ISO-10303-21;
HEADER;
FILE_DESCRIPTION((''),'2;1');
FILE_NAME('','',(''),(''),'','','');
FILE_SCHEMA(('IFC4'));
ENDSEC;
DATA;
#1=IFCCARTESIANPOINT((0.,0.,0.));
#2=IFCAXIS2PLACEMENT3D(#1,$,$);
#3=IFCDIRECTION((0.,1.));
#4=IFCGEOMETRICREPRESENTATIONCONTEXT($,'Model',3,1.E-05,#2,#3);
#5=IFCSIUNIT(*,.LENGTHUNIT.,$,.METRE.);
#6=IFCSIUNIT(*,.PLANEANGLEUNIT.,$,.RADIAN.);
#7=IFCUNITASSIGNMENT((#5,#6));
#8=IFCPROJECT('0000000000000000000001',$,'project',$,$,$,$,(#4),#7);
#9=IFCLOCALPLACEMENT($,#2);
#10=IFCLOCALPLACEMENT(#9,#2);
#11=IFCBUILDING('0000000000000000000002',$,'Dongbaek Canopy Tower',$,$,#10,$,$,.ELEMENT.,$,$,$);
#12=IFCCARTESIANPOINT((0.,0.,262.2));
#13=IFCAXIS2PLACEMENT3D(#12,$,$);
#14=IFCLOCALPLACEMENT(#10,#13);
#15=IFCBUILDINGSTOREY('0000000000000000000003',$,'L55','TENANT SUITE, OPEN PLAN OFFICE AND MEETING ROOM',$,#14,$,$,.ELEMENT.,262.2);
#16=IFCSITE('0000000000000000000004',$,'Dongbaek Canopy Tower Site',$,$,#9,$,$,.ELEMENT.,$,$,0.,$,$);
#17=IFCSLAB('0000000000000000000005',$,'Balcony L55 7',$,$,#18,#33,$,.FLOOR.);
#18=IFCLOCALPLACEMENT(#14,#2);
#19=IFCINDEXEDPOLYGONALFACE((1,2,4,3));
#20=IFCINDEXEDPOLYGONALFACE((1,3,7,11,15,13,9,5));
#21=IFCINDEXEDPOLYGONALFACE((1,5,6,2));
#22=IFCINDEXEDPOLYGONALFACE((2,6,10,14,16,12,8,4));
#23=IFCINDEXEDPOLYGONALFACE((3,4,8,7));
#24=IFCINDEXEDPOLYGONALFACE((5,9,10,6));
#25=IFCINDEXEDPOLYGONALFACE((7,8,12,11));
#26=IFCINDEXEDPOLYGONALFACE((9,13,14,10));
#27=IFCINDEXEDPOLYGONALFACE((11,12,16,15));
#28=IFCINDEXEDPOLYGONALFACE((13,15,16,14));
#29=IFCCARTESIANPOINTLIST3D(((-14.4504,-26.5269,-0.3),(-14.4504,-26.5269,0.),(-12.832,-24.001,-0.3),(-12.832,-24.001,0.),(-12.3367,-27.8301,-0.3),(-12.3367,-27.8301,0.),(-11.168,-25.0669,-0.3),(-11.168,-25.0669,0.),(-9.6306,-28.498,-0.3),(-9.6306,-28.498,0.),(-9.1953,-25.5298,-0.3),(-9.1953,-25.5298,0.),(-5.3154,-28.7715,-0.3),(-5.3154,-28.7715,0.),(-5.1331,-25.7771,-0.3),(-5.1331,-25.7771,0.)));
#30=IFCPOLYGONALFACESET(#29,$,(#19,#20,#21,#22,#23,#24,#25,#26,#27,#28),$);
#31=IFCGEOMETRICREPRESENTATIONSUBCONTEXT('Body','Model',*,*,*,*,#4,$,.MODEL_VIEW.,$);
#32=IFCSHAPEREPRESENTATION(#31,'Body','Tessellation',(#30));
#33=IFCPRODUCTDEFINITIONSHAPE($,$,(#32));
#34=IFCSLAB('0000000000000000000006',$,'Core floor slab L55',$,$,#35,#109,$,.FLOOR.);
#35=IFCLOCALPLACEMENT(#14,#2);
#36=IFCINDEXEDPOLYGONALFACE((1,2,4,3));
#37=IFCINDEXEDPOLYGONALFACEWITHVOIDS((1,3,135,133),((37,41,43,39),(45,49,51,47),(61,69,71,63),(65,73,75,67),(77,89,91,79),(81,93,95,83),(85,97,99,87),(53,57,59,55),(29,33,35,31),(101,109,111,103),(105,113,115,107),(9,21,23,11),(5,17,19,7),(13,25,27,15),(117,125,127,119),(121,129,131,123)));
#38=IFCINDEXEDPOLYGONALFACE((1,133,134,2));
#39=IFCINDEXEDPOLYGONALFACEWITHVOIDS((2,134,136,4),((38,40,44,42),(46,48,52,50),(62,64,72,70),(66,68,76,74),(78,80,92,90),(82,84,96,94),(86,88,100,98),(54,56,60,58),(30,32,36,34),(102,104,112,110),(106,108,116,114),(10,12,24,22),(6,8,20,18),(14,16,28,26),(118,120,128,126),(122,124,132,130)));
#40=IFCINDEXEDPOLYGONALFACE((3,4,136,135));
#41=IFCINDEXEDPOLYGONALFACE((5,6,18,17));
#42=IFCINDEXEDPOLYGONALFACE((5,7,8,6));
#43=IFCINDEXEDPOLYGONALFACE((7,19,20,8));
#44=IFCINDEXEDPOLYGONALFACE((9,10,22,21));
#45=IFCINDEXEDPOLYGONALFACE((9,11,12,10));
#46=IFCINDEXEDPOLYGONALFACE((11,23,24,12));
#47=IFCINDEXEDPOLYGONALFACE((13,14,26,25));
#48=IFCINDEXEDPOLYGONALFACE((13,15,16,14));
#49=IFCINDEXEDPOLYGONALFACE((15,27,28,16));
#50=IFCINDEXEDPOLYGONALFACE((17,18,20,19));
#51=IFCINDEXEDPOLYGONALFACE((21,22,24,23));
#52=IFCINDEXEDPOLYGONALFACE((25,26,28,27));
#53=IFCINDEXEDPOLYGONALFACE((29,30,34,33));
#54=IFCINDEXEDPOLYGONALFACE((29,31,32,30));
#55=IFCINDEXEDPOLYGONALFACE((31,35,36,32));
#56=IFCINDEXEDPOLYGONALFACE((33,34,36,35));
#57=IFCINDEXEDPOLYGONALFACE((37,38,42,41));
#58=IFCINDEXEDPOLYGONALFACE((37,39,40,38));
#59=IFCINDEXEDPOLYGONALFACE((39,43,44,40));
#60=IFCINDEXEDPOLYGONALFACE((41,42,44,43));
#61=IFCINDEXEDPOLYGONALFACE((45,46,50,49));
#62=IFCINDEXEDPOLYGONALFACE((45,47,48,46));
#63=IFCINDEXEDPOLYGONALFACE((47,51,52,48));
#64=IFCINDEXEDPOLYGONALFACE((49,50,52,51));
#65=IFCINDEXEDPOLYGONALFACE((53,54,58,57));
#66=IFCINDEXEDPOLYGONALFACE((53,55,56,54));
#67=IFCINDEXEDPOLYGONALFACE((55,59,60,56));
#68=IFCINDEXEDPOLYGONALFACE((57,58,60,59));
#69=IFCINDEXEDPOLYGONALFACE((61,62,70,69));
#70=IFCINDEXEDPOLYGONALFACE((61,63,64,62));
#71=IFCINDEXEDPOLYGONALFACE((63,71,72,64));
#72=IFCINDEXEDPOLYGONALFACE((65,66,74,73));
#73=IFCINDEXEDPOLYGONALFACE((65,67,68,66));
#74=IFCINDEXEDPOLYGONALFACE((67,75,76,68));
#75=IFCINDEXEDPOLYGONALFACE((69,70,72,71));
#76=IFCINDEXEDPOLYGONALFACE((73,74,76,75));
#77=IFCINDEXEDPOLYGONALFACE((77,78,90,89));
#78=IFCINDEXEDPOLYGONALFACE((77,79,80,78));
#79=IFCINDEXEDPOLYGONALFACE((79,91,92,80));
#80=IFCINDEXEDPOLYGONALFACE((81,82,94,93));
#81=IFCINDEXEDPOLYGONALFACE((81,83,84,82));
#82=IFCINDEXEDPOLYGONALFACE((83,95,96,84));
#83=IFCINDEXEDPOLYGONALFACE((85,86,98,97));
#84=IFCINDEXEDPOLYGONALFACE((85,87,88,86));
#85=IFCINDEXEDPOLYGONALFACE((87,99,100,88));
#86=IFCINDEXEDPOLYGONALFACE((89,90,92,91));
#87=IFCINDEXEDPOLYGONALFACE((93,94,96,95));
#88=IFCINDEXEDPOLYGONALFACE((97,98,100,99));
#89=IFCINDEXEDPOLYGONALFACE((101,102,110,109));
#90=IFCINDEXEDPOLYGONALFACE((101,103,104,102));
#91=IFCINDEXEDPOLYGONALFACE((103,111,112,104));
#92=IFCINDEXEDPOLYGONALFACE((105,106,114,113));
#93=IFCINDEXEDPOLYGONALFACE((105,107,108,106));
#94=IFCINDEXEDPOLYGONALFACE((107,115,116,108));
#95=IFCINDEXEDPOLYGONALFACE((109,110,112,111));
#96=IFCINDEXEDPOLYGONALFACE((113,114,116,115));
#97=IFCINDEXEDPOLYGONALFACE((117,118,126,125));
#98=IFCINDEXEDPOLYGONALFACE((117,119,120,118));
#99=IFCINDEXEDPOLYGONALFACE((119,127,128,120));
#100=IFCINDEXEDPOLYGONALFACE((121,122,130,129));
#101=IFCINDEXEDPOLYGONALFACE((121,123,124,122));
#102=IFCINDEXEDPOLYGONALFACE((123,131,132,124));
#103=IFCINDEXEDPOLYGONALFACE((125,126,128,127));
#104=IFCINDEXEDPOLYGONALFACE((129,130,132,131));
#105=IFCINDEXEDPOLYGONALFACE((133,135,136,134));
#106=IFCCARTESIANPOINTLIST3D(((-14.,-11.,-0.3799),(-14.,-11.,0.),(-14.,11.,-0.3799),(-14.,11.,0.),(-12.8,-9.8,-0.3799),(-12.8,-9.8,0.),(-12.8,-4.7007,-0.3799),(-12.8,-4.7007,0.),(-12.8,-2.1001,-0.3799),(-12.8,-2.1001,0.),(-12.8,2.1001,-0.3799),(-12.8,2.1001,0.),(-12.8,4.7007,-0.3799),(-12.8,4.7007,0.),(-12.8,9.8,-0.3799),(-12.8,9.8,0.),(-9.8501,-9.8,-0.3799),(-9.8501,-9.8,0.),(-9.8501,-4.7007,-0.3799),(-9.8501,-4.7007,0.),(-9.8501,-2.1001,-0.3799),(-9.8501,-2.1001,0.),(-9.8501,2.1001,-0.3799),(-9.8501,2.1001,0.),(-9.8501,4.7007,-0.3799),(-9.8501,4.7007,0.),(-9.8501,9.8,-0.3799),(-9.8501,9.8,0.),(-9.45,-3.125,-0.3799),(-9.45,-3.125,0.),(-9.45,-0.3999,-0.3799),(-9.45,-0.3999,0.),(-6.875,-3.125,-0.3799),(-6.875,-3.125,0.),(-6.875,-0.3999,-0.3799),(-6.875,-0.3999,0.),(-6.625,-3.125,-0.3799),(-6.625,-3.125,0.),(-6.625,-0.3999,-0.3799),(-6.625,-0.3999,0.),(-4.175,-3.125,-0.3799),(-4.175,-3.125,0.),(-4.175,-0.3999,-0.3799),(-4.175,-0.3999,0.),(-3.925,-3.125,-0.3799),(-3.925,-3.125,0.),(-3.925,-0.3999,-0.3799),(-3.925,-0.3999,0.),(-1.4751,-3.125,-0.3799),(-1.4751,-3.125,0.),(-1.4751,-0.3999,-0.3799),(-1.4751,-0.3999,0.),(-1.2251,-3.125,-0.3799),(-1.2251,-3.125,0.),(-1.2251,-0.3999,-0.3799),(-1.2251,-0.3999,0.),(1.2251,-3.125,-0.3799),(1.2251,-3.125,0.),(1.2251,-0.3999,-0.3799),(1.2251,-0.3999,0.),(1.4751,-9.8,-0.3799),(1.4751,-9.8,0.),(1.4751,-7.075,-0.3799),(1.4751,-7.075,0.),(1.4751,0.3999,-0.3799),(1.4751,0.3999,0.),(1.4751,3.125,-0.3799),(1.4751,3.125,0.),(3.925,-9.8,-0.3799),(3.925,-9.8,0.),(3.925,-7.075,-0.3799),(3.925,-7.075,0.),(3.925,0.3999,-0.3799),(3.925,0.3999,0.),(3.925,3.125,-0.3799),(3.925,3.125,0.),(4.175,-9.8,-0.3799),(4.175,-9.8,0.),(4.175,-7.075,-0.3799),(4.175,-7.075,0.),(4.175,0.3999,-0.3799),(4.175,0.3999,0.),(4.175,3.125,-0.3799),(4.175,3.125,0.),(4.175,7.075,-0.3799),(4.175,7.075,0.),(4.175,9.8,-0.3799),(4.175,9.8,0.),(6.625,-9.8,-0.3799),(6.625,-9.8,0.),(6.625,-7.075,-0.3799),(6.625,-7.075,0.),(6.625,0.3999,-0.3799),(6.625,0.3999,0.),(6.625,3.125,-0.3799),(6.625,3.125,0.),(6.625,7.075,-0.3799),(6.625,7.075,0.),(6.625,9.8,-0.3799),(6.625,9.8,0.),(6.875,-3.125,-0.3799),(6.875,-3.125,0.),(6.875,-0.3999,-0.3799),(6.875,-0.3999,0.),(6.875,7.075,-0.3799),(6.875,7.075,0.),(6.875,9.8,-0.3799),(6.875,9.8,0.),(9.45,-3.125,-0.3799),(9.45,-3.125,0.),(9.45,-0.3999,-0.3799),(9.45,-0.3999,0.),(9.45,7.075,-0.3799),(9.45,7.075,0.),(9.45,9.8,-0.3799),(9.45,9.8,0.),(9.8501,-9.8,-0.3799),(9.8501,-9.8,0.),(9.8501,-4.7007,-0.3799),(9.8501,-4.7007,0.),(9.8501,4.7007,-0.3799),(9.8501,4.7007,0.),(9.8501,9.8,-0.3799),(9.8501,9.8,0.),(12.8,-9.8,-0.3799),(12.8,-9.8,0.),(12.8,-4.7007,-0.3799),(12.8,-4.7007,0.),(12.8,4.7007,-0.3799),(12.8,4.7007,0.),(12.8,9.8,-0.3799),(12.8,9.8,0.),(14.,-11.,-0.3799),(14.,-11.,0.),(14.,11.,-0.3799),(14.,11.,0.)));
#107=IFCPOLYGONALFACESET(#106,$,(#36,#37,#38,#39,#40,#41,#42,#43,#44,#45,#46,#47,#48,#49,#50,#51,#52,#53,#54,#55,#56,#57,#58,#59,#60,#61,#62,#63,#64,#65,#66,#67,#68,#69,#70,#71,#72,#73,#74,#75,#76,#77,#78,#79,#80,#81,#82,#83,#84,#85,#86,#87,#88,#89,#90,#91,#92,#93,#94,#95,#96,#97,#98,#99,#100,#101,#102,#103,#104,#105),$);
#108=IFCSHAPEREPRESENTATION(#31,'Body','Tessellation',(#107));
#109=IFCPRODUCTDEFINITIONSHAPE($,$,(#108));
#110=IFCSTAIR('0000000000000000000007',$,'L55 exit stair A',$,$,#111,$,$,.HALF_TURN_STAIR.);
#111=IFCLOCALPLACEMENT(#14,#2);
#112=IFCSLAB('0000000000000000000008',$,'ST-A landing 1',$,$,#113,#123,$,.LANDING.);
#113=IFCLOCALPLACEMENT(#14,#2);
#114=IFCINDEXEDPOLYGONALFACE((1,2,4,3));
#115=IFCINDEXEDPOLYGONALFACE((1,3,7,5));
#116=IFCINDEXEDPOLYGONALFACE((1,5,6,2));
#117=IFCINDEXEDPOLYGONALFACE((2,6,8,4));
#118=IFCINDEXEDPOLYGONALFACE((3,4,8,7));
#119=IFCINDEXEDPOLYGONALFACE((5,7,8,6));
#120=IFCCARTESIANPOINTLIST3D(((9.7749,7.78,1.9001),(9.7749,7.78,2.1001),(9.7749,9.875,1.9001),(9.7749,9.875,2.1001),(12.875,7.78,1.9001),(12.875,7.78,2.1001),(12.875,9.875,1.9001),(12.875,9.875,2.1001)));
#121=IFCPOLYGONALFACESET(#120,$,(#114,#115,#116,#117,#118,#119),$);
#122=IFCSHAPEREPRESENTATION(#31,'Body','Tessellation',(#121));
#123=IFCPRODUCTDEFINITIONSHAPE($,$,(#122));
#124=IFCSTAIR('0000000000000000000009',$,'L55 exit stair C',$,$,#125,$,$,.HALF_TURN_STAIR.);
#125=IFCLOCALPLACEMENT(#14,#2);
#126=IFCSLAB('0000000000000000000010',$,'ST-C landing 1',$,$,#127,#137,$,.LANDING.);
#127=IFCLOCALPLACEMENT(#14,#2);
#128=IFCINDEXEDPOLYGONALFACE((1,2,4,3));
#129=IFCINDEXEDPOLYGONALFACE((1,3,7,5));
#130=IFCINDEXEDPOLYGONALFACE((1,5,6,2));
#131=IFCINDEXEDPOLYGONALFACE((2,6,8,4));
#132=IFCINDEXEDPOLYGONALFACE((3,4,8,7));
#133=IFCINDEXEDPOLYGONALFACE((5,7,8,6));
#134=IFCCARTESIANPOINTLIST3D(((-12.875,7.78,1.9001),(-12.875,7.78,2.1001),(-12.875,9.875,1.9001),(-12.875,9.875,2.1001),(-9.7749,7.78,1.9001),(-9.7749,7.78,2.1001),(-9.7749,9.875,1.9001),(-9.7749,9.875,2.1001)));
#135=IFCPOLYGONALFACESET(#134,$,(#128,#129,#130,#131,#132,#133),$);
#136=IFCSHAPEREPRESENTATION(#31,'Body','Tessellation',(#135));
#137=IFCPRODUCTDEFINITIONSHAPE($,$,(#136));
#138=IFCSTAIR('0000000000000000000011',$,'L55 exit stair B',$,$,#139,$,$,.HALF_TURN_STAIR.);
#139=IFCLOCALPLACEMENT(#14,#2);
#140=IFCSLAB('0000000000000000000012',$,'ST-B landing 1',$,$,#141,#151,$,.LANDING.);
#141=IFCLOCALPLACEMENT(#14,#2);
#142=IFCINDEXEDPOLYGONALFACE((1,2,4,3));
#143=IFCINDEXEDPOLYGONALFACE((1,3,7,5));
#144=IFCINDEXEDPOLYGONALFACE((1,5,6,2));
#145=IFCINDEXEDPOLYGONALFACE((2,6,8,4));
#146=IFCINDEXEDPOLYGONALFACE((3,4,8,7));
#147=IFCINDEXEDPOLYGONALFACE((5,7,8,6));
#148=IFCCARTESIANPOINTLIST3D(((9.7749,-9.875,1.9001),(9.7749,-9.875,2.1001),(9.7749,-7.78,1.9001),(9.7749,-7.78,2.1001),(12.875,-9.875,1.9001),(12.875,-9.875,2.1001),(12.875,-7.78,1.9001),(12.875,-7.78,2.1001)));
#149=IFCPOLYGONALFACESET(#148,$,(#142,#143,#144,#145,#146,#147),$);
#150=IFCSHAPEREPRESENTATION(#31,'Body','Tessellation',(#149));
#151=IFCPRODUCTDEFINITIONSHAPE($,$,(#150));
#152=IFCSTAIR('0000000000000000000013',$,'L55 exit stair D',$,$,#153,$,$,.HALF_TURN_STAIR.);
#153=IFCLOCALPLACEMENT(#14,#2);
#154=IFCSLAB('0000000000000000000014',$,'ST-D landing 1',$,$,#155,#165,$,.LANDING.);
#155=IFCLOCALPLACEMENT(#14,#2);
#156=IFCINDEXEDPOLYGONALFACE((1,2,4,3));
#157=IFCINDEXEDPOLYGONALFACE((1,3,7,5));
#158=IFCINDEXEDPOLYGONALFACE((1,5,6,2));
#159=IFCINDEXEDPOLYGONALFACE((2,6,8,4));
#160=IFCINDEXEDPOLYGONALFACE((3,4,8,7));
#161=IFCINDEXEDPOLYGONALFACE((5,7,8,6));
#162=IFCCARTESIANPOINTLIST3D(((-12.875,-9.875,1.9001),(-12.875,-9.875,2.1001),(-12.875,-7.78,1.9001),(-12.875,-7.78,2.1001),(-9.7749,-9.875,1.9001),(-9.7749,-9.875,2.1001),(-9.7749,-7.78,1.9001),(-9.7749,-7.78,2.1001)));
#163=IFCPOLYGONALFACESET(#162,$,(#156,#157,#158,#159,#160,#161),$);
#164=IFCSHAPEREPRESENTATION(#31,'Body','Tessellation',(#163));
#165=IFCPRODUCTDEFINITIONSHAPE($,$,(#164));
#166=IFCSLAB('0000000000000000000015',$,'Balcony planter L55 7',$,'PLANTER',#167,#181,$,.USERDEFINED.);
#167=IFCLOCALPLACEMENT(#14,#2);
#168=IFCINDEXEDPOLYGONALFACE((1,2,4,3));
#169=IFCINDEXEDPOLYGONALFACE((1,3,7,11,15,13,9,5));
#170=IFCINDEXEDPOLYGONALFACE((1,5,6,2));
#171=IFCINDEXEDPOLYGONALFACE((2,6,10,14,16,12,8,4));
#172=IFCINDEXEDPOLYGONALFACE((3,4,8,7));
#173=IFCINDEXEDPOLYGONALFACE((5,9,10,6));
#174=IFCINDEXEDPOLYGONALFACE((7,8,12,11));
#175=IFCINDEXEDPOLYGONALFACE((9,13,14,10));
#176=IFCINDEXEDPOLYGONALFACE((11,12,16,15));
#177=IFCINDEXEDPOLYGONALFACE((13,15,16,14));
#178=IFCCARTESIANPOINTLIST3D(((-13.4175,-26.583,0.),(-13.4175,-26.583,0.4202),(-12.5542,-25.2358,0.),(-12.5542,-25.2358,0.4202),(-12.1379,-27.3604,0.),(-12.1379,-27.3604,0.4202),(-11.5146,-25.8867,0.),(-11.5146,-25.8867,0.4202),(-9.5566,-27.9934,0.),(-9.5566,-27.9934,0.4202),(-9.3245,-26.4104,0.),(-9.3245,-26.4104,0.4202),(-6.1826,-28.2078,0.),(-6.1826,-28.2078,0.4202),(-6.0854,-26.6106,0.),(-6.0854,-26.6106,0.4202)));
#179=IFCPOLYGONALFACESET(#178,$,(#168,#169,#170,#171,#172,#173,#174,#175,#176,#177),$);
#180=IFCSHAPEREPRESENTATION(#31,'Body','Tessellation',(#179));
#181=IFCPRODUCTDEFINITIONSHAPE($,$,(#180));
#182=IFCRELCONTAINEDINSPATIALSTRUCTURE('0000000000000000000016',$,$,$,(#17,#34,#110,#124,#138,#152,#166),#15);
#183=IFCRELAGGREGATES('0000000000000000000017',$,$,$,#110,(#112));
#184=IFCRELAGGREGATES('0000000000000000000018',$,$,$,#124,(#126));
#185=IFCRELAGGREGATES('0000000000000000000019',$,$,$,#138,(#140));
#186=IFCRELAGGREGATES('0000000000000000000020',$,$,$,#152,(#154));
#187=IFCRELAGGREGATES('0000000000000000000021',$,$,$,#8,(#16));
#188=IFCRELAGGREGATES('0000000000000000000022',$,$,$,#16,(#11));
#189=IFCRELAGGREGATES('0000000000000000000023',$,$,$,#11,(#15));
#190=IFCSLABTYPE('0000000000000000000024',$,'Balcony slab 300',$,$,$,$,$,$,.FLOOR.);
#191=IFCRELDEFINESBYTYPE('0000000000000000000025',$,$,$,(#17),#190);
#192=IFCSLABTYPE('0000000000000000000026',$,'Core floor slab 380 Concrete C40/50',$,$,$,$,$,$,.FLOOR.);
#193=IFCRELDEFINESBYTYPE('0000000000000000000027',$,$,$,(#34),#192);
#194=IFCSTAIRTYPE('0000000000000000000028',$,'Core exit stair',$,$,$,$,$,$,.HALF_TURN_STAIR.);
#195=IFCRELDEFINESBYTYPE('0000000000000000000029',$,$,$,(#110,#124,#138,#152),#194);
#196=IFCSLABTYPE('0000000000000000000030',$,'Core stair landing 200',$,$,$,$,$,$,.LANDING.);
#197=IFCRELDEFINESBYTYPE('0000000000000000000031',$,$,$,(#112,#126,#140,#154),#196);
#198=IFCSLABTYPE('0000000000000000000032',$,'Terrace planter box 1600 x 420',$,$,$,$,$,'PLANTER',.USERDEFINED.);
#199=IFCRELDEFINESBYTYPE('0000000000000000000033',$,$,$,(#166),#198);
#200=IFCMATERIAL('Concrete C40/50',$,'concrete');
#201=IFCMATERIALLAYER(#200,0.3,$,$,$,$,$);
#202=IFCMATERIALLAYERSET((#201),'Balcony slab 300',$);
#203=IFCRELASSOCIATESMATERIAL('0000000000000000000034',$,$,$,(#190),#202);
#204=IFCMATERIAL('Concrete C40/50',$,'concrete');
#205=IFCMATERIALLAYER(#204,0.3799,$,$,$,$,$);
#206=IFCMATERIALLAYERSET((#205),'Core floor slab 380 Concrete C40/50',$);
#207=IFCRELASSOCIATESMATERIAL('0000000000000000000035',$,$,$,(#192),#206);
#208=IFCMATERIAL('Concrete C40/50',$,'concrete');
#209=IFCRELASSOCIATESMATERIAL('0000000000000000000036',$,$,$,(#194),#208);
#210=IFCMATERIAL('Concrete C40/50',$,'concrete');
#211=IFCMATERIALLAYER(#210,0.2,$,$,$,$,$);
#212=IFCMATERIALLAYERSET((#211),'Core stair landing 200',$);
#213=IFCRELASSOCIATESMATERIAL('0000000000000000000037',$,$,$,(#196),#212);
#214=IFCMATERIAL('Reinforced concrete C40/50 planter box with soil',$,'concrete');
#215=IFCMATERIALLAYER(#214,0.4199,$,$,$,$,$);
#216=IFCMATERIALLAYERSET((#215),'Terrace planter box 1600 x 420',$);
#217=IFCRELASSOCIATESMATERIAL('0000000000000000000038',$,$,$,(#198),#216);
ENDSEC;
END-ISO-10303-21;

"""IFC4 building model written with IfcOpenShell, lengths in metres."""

from ifc_helpers import new_model, si_unit, direction, frame, origin, place, context, subcontext, project, spatial, polyline, outline, extrude, material, layer, layer_set, type_object, element, aggregate, save


model = new_model("IFC4")

# Units and contexts
model_context = context("Model", 3, precision=1e-05, world=origin(), true_north=direction((0.0, 1.0)))
body_context = subcontext(model_context, "Body", "Model", "MODEL_VIEW")
ifc_project = project(units=[si_unit("LENGTHUNIT", "METRE"), si_unit("PLANEANGLEUNIT", "RADIAN")], contexts=[model_context])

# Site, building, storey
site_placement = place(None, origin())
site = spatial("IfcSite", under=ifc_project, at=site_placement, Name="Dongbaek Canopy Tower Site", CompositionType="ELEMENT", RefElevation=0.0)
building_placement = place(site_placement, origin())
building = spatial("IfcBuilding", under=site, at=building_placement, Name="Dongbaek Canopy Tower", CompositionType="ELEMENT")
storey_placement = place(building_placement, frame((0.0, 0.0, 262.2)))
storey = spatial("IfcBuildingStorey", under=building, at=storey_placement, Name="L55", Description="TENANT SUITE, OPEN PLAN OFFICE AND MEETING ROOM", CompositionType="ELEMENT", Elevation=262.2)

# Slabs
ifc_material_1 = material(Name="Concrete C40/50", Category="concrete")
ifc_layer_1 = layer(ifc_material_1, 0.3)
ifc_layer_set_1 = layer_set([ifc_layer_1], Name="Balcony slab 300")
slab_type_1 = type_object("IfcSlabType", Name="Balcony slab 300", PredefinedType="FLOOR", material=ifc_layer_set_1)
slab_1_placement = place(storey_placement, frame((0.0, 0.0, -0.3)))
element("IfcSlab", 1, at=slab_1_placement, inside=storey, type_object=slab_type_1, Name="Balcony L55 7", PredefinedType="FLOOR", context=body_context, shape_type="SweptSolid", body=[
    extrude(outline(polyline([(-12.832, -24.001), (-11.168, -25.0669), (-9.1953, -25.5298), (-5.1331, -25.7771), (-5.3154, -28.7715), (-9.6306, -28.498), (-12.3367, -27.8301), (-14.4504, -26.5269), (-12.832, -24.001)])), origin(), (0.0, 0.0, 1.0), 0.3),
])
ifc_material_2 = material(Name="Concrete C40/50", Category="concrete")
ifc_layer_2 = layer(ifc_material_2, 0.3799)
ifc_layer_set_2 = layer_set([ifc_layer_2], Name="Core floor slab 380 Concrete C40/50")
slab_type_2 = type_object("IfcSlabType", Name="Core floor slab 380 Concrete C40/50", PredefinedType="FLOOR", material=ifc_layer_set_2)
slab_2_placement = place(storey_placement, frame((0.0, 0.0, -0.3799)))
element("IfcSlab", 2, at=slab_2_placement, inside=storey, type_object=slab_type_2, Name="Core floor slab L55", PredefinedType="FLOOR", context=body_context, shape_type="SweptSolid", body=[
    extrude(outline(polyline([(14.0, -11.0), (14.0, 11.0), (-14.0, 11.0), (-14.0, -11.0), (14.0, -11.0)]), holes=[polyline([(-12.8, 2.1001), (-9.8501, 2.1001), (-9.8501, -2.1001), (-12.8, -2.1001), (-12.8, 2.1001)]), polyline([(6.625, 9.8), (6.625, 7.075), (4.175, 7.075), (4.175, 9.8), (6.625, 9.8)]), polyline([(9.45, 7.075), (6.875, 7.075), (6.875, 9.8), (9.45, 9.8), (9.45, 7.075)]), polyline([(1.4751, 0.3999), (1.4751, 3.125), (3.925, 3.125), (3.925, 0.3999), (1.4751, 0.3999)]), polyline([(4.175, 0.3999), (4.175, 3.125), (6.625, 3.125), (6.625, 0.3999), (4.175, 0.3999)]), polyline([(-9.45, -0.3999), (-6.875, -0.3999), (-6.875, -3.125), (-9.45, -3.125), (-9.45, -0.3999)]), polyline([(-6.625, -3.125), (-6.625, -0.3999), (-4.175, -0.3999), (-4.175, -3.125), (-6.625, -3.125)]), polyline([(-3.925, -3.125), (-3.925, -0.3999), (-1.4751, -0.3999), (-1.4751, -3.125), (-3.925, -3.125)]), polyline([(-1.2251, -3.125), (-1.2251, -0.3999), (1.2251, -0.3999), (1.2251, -3.125), (-1.2251, -3.125)]), polyline([(9.45, -3.125), (6.875, -3.125), (6.875, -0.3999), (9.45, -0.3999), (9.45, -3.125)]), polyline([(1.4751, -9.8), (1.4751, -7.075), (3.925, -7.075), (3.925, -9.8), (1.4751, -9.8)]), polyline([(4.175, -9.8), (4.175, -7.075), (6.625, -7.075), (6.625, -9.8), (4.175, -9.8)]), polyline([(12.8, 4.7007), (12.8, 9.8), (9.8501, 9.8), (9.8501, 4.7007), (12.8, 4.7007)]), polyline([(-9.8501, 4.7007), (-9.8501, 9.8), (-12.8, 9.8), (-12.8, 4.7007), (-9.8501, 4.7007)]), polyline([(9.8501, -4.7007), (9.8501, -9.8), (12.8, -9.8), (12.8, -4.7007), (9.8501, -4.7007)]), polyline([(-12.8, -4.7007), (-12.8, -9.8), (-9.8501, -9.8), (-9.8501, -4.7007), (-12.8, -4.7007)])]), origin(), (0.0, 0.0, 1.0), 0.3799),
])

# Stairs, slabs
ifc_material_3 = material(Name="Concrete C40/50", Category="concrete")
stair_type = type_object("IfcStairType", Name="Core exit stair", PredefinedType="HALF_TURN_STAIR", material=ifc_material_3)
stair_1_placement = place(storey_placement, origin())
stair_1 = element("IfcStair", 3, at=stair_1_placement, inside=storey, type_object=stair_type, Name="L55 exit stair A", PredefinedType="HALF_TURN_STAIR")
ifc_material_4 = material(Name="Concrete C40/50", Category="concrete")
ifc_layer_3 = layer(ifc_material_4, 0.2)
ifc_layer_set_3 = layer_set([ifc_layer_3], Name="Core stair landing 200")
slab_type_3 = type_object("IfcSlabType", Name="Core stair landing 200", PredefinedType="LANDING", material=ifc_layer_set_3)
slab_3_placement = place(storey_placement, frame((0.0, 0.0, 1.9001)))
slab_3 = element("IfcSlab", 4, at=slab_3_placement, type_object=slab_type_3, Name="ST-A landing 1", PredefinedType="LANDING", context=body_context, shape_type="SweptSolid", body=[
    extrude(outline(polyline([(12.875, 7.78), (12.875, 9.875), (9.7749, 9.875), (9.7749, 7.78), (12.875, 7.78)])), origin(), (0.0, 0.0, 1.0), 0.2),
])
aggregate(stair_1, [slab_3])
stair_2_placement = place(storey_placement, origin())
stair_2 = element("IfcStair", 5, at=stair_2_placement, inside=storey, type_object=stair_type, Name="L55 exit stair C", PredefinedType="HALF_TURN_STAIR")
slab_4_placement = place(storey_placement, frame((0.0, 0.0, 1.9001)))
slab_4 = element("IfcSlab", 6, at=slab_4_placement, type_object=slab_type_3, Name="ST-C landing 1", PredefinedType="LANDING", context=body_context, shape_type="SweptSolid", body=[
    extrude(outline(polyline([(-9.7749, 7.78), (-9.7749, 9.875), (-12.875, 9.875), (-12.875, 7.78), (-9.7749, 7.78)])), origin(), (0.0, 0.0, 1.0), 0.2),
])
aggregate(stair_2, [slab_4])
stair_3_placement = place(storey_placement, origin())
stair_3 = element("IfcStair", 7, at=stair_3_placement, inside=storey, type_object=stair_type, Name="L55 exit stair B", PredefinedType="HALF_TURN_STAIR")
slab_5_placement = place(storey_placement, frame((0.0, 0.0, 1.9001)))
slab_5 = element("IfcSlab", 8, at=slab_5_placement, type_object=slab_type_3, Name="ST-B landing 1", PredefinedType="LANDING", context=body_context, shape_type="SweptSolid", body=[
    extrude(outline(polyline([(9.7749, -7.78), (9.7749, -9.875), (12.875, -9.875), (12.875, -7.78), (9.7749, -7.78)])), origin(), (0.0, 0.0, 1.0), 0.2),
])
aggregate(stair_3, [slab_5])
stair_4_placement = place(storey_placement, origin())
stair_4 = element("IfcStair", 9, at=stair_4_placement, inside=storey, type_object=stair_type, Name="L55 exit stair D", PredefinedType="HALF_TURN_STAIR")
slab_6_placement = place(storey_placement, frame((0.0, 0.0, 1.9001)))
slab_6 = element("IfcSlab", 10, at=slab_6_placement, type_object=slab_type_3, Name="ST-D landing 1", PredefinedType="LANDING", context=body_context, shape_type="SweptSolid", body=[
    extrude(outline(polyline([(-12.875, -7.78), (-12.875, -9.875), (-9.7749, -9.875), (-9.7749, -7.78), (-12.875, -7.78)])), origin(), (0.0, 0.0, 1.0), 0.2),
])
aggregate(stair_4, [slab_6])

# Slab
ifc_material_5 = material(Name="Reinforced concrete C40/50 planter box with soil", Category="concrete")
ifc_layer_4 = layer(ifc_material_5, 0.4199)
ifc_layer_set_4 = layer_set([ifc_layer_4], Name="Terrace planter box 1600 x 420")
slab_type_4 = type_object("IfcSlabType", Name="Terrace planter box 1600 x 420", ElementType="PLANTER", PredefinedType="USERDEFINED", material=ifc_layer_set_4)
slab_7_placement = place(storey_placement, origin())
element("IfcSlab", 11, at=slab_7_placement, inside=storey, type_object=slab_type_4, Name="Balcony planter L55 7", ObjectType="PLANTER", PredefinedType="USERDEFINED", context=body_context, shape_type="SweptSolid", body=[
    extrude(outline(polyline([(-12.5542, -25.2358), (-11.5146, -25.8867), (-9.3245, -26.4104), (-6.0854, -26.6106), (-6.1826, -28.2078), (-9.5566, -27.9934), (-12.1379, -27.3604), (-13.4175, -26.583), (-12.5542, -25.2358)])), origin(), (0.0, 0.0, 1.0), 0.4202),
])

save(model, "model.ifc")
